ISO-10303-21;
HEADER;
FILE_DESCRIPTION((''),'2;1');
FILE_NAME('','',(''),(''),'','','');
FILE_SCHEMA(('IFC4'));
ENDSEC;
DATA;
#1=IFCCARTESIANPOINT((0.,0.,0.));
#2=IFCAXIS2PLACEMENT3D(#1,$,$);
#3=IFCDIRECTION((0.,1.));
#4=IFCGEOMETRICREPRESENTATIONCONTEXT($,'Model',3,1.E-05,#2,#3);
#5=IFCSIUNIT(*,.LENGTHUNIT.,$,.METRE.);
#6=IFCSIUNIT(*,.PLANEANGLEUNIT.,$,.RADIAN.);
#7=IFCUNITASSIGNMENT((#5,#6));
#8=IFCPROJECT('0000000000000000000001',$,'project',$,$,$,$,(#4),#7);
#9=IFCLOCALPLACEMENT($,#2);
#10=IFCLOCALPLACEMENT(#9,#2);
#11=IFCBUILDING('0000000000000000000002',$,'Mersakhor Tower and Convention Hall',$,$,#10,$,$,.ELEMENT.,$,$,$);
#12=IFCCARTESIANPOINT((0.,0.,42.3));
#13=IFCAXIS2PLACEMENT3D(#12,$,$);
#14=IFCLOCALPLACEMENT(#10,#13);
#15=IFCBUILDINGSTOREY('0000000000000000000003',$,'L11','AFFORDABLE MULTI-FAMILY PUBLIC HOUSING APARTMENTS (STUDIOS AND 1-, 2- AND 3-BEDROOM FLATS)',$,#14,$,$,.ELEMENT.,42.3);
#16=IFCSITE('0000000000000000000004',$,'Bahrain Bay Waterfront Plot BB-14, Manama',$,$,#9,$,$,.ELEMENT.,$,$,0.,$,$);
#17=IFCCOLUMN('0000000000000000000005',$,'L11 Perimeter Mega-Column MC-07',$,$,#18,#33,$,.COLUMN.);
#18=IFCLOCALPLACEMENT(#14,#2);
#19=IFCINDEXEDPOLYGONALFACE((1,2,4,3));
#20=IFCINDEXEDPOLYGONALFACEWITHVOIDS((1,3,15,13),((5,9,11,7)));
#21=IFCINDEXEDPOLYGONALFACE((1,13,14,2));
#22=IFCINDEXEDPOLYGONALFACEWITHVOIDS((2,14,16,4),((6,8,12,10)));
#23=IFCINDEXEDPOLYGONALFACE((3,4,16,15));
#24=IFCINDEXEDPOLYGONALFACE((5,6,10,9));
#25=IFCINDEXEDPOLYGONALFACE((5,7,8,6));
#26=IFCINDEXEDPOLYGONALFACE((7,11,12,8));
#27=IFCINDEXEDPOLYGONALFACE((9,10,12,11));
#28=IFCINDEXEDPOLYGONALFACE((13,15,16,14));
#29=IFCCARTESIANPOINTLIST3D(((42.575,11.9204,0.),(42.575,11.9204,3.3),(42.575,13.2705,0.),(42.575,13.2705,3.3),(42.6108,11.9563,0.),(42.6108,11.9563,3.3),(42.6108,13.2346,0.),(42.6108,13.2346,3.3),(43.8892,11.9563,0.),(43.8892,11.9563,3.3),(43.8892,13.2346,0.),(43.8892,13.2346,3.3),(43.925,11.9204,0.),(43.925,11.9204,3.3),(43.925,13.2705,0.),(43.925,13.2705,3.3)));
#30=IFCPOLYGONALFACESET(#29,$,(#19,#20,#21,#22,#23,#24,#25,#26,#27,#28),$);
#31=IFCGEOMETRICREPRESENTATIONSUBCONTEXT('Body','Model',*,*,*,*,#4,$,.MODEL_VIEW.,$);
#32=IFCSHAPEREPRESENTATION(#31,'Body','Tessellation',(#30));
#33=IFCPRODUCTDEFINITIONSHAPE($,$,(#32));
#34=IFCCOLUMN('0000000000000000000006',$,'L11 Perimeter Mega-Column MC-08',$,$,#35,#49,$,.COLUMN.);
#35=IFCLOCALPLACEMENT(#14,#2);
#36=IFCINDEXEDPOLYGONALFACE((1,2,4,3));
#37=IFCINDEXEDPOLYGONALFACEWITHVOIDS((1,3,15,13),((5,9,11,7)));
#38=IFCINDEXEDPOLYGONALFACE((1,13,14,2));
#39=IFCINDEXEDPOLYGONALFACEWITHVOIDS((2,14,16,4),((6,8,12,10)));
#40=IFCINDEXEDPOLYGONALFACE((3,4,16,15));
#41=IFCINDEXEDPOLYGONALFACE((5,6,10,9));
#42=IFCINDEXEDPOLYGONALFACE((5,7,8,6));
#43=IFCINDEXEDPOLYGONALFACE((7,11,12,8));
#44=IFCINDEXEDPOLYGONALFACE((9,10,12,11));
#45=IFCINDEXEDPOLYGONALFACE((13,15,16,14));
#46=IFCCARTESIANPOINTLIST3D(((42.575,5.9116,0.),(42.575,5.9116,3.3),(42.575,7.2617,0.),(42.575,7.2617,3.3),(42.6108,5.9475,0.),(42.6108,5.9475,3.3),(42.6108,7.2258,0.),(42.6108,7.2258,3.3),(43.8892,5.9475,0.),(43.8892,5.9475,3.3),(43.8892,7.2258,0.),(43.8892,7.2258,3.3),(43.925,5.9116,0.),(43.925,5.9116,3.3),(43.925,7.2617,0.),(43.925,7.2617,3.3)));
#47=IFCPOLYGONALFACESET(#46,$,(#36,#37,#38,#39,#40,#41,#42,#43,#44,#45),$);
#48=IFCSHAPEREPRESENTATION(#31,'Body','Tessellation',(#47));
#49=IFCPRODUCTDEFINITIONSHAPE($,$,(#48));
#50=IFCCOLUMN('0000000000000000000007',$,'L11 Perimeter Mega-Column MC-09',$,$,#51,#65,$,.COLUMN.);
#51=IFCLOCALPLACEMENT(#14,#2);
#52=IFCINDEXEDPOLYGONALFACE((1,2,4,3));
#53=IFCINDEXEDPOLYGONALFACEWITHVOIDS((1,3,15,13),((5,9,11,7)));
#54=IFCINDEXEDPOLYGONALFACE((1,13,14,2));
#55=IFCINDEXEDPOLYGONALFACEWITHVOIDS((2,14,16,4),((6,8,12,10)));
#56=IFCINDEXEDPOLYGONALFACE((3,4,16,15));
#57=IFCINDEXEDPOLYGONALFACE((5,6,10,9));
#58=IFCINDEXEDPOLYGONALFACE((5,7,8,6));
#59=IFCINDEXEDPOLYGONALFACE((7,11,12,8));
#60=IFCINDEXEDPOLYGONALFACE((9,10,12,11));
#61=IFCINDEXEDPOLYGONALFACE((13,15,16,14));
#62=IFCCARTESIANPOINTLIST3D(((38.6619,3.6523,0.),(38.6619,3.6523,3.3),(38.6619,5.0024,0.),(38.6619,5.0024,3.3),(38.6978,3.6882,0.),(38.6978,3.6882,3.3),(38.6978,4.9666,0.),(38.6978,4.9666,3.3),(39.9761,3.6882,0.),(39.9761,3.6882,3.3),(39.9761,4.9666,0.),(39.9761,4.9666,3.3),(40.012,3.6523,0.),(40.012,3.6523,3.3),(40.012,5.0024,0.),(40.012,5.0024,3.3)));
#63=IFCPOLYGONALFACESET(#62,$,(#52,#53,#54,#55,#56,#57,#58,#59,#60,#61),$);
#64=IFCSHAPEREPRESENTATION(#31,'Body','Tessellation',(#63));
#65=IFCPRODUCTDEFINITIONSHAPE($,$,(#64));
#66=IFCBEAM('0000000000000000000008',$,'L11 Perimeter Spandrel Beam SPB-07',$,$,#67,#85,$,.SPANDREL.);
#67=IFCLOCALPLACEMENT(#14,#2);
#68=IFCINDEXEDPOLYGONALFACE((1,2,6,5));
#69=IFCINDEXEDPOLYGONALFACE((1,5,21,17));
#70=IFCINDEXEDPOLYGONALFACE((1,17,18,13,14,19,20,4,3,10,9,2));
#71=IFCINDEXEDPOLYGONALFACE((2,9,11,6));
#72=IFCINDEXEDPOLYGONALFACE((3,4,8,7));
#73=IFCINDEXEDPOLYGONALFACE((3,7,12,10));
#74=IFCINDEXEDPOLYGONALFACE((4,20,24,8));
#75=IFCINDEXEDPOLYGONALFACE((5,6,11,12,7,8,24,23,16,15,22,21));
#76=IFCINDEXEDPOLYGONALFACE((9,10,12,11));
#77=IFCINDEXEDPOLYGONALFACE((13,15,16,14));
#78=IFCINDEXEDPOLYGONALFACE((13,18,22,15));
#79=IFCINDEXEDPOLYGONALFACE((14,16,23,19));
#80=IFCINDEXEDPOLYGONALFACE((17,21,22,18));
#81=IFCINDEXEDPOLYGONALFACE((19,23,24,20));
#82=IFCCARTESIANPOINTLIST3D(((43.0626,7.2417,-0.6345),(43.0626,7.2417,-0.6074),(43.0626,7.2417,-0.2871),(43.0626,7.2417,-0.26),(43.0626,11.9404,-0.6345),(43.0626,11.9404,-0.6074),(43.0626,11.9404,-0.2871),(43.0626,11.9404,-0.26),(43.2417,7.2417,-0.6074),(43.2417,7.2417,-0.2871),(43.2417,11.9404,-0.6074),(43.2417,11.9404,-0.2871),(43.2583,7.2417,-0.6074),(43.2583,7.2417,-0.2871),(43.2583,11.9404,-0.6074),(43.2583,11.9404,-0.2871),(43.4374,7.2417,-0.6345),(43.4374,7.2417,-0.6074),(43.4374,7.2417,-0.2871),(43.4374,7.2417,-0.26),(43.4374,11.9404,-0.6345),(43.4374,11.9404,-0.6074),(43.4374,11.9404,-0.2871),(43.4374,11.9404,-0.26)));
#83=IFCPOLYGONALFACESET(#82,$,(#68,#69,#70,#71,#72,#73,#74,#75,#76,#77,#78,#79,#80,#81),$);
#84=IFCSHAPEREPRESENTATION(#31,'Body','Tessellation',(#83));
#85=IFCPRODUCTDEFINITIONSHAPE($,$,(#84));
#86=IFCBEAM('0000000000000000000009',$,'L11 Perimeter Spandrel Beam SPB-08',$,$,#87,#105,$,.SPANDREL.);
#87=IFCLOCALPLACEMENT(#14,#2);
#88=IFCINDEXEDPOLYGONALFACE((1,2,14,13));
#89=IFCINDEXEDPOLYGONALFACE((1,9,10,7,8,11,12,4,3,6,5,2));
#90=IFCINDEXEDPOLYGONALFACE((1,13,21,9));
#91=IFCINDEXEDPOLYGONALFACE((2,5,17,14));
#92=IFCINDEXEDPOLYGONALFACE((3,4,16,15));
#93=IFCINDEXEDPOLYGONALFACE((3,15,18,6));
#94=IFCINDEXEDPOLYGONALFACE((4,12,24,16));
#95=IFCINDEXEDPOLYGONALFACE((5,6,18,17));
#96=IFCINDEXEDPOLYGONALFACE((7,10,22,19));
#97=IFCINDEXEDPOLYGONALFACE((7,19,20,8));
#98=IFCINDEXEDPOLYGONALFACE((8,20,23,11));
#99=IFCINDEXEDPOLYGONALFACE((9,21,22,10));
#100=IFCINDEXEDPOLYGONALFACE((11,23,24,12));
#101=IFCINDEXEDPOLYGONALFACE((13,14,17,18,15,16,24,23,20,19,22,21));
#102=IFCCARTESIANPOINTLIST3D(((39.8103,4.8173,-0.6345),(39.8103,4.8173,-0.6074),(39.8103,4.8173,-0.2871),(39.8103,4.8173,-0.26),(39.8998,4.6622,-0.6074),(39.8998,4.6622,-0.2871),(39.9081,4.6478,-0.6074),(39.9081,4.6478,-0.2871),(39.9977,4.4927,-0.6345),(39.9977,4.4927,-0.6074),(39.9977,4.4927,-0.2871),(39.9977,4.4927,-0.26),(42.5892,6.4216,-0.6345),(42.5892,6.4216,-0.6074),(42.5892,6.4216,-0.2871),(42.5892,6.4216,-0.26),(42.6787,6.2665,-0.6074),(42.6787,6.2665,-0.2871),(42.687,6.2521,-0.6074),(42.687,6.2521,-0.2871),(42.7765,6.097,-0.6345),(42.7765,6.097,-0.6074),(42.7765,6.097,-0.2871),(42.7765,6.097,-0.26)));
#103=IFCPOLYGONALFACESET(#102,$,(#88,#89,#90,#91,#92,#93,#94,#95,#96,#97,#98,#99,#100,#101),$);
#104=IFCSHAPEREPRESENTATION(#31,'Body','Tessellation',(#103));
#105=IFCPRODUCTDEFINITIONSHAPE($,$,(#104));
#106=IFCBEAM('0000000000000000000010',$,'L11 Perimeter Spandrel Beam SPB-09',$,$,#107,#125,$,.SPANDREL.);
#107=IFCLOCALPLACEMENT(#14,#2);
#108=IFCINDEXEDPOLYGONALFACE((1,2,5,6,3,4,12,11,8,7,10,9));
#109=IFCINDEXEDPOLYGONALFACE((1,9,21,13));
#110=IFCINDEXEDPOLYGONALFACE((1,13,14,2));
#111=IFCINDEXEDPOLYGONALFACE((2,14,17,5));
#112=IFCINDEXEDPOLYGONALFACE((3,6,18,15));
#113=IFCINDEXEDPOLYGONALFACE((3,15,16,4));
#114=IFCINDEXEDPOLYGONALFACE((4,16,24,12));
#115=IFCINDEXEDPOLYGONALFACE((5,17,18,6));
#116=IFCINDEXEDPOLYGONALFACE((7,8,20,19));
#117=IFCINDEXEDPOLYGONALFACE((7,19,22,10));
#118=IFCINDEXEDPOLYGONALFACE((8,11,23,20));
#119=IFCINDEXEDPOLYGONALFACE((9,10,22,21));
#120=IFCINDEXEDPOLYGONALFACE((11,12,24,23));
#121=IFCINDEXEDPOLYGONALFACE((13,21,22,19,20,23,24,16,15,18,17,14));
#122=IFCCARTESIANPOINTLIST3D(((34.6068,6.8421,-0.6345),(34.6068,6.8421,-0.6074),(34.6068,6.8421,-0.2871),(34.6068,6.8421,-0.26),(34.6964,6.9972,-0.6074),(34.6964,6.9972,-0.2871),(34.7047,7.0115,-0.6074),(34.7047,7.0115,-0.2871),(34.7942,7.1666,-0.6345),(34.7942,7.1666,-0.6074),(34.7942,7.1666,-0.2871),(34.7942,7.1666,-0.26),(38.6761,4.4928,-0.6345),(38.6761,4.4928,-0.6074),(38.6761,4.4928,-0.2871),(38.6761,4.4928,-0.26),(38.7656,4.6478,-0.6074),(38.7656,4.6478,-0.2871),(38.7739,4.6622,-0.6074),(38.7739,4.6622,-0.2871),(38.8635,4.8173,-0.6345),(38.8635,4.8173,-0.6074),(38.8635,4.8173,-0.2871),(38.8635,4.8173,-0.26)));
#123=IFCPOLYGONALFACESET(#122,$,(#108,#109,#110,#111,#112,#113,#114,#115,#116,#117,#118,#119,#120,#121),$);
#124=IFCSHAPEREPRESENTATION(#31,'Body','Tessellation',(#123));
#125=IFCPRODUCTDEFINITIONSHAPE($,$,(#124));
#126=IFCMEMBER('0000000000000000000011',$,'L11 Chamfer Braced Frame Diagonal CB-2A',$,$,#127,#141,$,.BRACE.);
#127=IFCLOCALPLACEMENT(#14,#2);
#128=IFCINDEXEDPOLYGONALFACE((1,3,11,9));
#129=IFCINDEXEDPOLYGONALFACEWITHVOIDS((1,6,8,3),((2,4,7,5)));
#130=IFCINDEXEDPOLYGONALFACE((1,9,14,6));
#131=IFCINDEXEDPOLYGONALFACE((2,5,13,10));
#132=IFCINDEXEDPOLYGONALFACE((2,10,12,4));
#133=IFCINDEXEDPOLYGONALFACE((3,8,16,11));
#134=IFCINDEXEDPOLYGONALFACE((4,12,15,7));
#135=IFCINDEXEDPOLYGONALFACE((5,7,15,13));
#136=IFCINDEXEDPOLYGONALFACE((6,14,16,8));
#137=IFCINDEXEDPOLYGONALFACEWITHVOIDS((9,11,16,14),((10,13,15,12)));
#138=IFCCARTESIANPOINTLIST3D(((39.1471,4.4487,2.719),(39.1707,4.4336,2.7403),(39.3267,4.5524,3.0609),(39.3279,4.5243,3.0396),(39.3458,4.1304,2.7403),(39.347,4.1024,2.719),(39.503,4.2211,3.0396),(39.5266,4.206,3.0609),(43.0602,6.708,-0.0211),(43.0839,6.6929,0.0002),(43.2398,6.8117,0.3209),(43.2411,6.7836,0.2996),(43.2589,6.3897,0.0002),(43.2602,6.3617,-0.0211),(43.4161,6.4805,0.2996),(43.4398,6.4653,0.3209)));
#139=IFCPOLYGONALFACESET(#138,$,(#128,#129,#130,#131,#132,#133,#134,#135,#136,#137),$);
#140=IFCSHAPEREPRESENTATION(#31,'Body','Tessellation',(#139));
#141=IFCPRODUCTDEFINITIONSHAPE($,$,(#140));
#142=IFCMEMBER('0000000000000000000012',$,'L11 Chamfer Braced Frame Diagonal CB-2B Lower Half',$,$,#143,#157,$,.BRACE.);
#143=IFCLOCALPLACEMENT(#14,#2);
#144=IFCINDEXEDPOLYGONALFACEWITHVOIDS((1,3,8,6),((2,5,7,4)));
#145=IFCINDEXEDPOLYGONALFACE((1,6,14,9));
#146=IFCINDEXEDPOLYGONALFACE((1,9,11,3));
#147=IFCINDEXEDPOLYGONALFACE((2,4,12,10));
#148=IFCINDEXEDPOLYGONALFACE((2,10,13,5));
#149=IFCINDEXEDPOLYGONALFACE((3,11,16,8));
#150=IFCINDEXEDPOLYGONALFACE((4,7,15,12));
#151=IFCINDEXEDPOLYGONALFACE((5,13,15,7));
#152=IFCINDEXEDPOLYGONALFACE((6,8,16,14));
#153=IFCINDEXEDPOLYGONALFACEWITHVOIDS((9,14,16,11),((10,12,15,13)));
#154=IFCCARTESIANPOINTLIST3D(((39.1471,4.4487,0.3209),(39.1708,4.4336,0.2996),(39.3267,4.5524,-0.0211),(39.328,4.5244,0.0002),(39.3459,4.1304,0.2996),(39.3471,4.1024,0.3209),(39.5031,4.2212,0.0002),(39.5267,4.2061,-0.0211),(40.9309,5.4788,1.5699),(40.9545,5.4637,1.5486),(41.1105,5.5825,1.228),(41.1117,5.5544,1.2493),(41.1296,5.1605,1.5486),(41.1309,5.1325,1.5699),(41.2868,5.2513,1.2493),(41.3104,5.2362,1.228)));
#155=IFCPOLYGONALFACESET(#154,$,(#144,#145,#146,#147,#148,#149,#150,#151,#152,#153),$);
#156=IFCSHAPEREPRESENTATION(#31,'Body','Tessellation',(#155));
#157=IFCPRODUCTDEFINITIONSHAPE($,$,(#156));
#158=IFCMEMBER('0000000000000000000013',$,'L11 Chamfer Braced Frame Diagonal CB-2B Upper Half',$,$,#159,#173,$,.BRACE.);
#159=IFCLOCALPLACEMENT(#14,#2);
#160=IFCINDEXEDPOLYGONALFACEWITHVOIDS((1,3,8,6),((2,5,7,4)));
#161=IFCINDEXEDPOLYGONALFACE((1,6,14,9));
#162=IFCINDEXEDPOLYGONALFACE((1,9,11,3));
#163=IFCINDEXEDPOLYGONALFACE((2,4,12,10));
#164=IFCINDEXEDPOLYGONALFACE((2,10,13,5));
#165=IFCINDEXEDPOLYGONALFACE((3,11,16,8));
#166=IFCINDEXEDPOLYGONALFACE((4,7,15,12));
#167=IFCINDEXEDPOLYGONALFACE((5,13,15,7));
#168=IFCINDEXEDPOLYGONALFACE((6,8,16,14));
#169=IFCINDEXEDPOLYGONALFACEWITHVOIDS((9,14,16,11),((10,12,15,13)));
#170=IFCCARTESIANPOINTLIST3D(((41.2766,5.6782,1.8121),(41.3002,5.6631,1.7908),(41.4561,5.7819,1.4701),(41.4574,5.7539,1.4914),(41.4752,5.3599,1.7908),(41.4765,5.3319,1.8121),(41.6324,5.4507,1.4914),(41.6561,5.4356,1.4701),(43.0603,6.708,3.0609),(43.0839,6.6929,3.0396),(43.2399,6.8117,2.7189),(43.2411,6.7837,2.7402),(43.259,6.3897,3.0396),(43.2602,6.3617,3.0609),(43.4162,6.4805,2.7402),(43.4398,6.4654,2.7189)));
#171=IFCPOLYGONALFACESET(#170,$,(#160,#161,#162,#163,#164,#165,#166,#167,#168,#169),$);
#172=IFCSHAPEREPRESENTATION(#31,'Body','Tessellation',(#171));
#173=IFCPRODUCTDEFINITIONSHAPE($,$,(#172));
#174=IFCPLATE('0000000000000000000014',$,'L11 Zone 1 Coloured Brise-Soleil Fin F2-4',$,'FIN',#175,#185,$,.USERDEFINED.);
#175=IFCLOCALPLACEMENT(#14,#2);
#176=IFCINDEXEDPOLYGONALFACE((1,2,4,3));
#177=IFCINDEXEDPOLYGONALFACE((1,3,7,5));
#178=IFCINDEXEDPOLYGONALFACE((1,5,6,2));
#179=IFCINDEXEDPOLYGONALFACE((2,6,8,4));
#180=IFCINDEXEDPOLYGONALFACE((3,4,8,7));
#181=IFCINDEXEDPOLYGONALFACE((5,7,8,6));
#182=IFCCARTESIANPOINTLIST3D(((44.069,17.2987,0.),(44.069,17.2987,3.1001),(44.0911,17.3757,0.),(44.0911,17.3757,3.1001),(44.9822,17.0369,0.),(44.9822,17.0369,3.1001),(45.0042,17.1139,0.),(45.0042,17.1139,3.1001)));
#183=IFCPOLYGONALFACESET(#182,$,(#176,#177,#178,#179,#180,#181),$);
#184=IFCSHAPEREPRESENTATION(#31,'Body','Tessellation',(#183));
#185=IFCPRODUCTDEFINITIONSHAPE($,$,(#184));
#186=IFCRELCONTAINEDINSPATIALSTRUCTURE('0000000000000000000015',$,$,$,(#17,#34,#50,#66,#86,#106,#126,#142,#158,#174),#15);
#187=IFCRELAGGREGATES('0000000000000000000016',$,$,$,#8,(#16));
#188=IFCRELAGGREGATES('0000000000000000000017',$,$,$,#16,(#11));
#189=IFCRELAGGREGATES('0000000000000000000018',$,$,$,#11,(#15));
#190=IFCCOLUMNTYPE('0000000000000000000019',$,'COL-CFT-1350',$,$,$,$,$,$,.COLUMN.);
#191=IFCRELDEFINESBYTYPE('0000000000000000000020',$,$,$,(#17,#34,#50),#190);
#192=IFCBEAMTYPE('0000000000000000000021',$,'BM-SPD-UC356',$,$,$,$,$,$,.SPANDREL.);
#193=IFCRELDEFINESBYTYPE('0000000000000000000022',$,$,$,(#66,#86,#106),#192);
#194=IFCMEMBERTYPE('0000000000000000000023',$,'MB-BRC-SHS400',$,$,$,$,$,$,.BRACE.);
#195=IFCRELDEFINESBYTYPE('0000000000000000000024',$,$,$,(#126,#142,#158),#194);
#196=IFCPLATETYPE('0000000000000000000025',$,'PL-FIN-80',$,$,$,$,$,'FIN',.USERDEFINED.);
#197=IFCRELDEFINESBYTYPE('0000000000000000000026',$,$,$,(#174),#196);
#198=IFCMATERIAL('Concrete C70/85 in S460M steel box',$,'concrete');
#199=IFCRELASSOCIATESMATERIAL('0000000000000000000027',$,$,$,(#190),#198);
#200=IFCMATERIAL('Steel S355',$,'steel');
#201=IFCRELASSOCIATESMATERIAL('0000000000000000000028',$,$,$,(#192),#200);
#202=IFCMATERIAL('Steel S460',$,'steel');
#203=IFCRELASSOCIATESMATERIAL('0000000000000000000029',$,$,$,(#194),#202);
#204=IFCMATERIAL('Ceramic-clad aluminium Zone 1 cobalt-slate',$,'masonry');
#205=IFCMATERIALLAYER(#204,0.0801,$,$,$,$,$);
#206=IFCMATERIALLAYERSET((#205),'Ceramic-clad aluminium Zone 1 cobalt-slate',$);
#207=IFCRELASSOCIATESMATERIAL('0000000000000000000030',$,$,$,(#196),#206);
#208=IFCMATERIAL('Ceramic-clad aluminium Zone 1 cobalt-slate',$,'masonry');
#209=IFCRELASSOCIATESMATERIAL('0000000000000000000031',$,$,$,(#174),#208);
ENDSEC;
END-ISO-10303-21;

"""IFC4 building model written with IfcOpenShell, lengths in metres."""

from ifc_helpers import new_model, si_unit, direction, frame, origin, origin_2d, place, context, subcontext, project, spatial, rectangle, hollow_rectangle, i_section, extrude, material, layer, layer_set, material_profile, profile_set, type_object, element, save


model = new_model("IFC4")

# Units and contexts
model_context = context("Model", 3, precision=1e-05, world=origin(), true_north=direction((0.0, 1.0)))
body_context = subcontext(model_context, "Body", "Model", "MODEL_VIEW")
ifc_project = project(units=[si_unit("LENGTHUNIT", "METRE"), si_unit("PLANEANGLEUNIT", "RADIAN")], contexts=[model_context])

# Site, building, storey
site_placement = place(None, origin())
site = spatial("IfcSite", under=ifc_project, at=site_placement, Name="Bahrain Bay Waterfront Plot BB-14, Manama", CompositionType="ELEMENT", RefElevation=0.0)
building_placement = place(site_placement, origin())
building = spatial("IfcBuilding", under=site, at=building_placement, Name="Mersakhor Tower and Convention Hall", CompositionType="ELEMENT")
storey_placement = place(building_placement, frame((0.0, 0.0, 42.3)))
storey = spatial("IfcBuildingStorey", under=building, at=storey_placement, Name="L11", Description="AFFORDABLE MULTI-FAMILY PUBLIC HOUSING APARTMENTS (STUDIOS AND 1-, 2- AND 3-BEDROOM FLATS)", CompositionType="ELEMENT", Elevation=42.3)

# Columns
ifc_material_1 = material(Name="Concrete C70/85 in S460M steel box", Category="concrete")
ifc_material_profile_1 = material_profile(ifc_material_1, hollow_rectangle(XDim=1.3501, YDim=1.3501, WallThickness=0.0359, at=origin_2d()), Name="SHS 1350x1350x36")
ifc_profile_set_1 = profile_set([ifc_material_profile_1], Name="Concrete C70/85 in S460M steel box")
column_type = type_object("IfcColumnType", Name="COL-CFT-1350", PredefinedType="COLUMN", material=ifc_profile_set_1)
for number, where, z_axis, x_axis, name in (
    (1, (43.25, 12.5955, 0.0), (0.0, 0.0, 1.0), (1.0, 0.0, 0.0), "L11 Perimeter Mega-Column MC-07"),
    (2, (43.25, 6.5867, 0.0), (0.0, 0.0, 1.0), (1.0, 0.0, 0.0), "L11 Perimeter Mega-Column MC-08"),
    (3, (39.3369, 4.3274, 0.0), (0.0, 0.0, 1.0), (1.0, 0.0, 0.0), "L11 Perimeter Mega-Column MC-09"),
):
    element("IfcColumn", number, at=place(storey_placement, frame(where, z_axis=z_axis, x_axis=x_axis)), inside=storey, type_object=column_type, Name=name, PredefinedType="COLUMN", context=body_context, shape_type="SweptSolid", body=[
        extrude(hollow_rectangle(XDim=1.3501, YDim=1.3501, WallThickness=0.0359, at=origin_2d()), origin(), (0.0, 0.0, 1.0), 3.3),
    ])

# Beams
ifc_material_2 = material(Name="Steel S355", Category="steel")
ifc_material_profile_2 = material_profile(ifc_material_2, i_section(OverallWidth=0.3748, OverallDepth=0.3745, WebThickness=0.0166, FlangeThickness=0.0271, at=origin_2d()), Name="UC 356x368x202")
ifc_profile_set_2 = profile_set([ifc_material_profile_2], Name="Steel S355")
beam_type = type_object("IfcBeamType", Name="BM-SPD-UC356", PredefinedType="SPANDREL", material=ifc_profile_set_2)
beam_1_placement = place(storey_placement, frame((43.25, 11.9404, -0.4473), z_axis=(0.0, -1.0, 0.0), x_axis=(1.0, 0.0, 0.0)))
element("IfcBeam", 4, at=beam_1_placement, inside=storey, type_object=beam_type, Name="L11 Perimeter Spandrel Beam SPB-07", PredefinedType="SPANDREL", context=body_context, shape_type="SweptSolid", body=[
    extrude(i_section(OverallWidth=0.3748, OverallDepth=0.3745, WebThickness=0.0166, FlangeThickness=0.0271, at=origin_2d()), origin(), (0.0, 0.0, 1.0), 4.6987),
])
beam_2_placement = place(storey_placement, frame((42.6829, 6.2593, -0.4473), z_axis=(-0.866039, -0.499977, 0.0), x_axis=(0.499977, -0.866039, 0.0)))
element("IfcBeam", 5, at=beam_2_placement, inside=storey, type_object=beam_type, Name="L11 Perimeter Spandrel Beam SPB-08", PredefinedType="SPANDREL", context=body_context, shape_type="SweptSolid", body=[
    extrude(i_section(OverallWidth=0.3748, OverallDepth=0.3745, WebThickness=0.0166, FlangeThickness=0.0271, at=origin_2d()), origin(), (0.0, 0.0, 1.0), 3.2087),
])
beam_3_placement = place(storey_placement, frame((38.7698, 4.655, -0.4473), z_axis=(-0.866032, 0.499989, 0.0), x_axis=(-0.499989, -0.866032, 0.0)))
element("IfcBeam", 6, at=beam_3_placement, inside=storey, type_object=beam_type, Name="L11 Perimeter Spandrel Beam SPB-09", PredefinedType="SPANDREL", context=body_context, shape_type="SweptSolid", body=[
    extrude(i_section(OverallWidth=0.3748, OverallDepth=0.3745, WebThickness=0.0166, FlangeThickness=0.0271, at=origin_2d()), origin(), (0.0, 0.0, 1.0), 4.6987),
])

# Members
ifc_material_3 = material(Name="Steel S460", Category="steel")
ifc_material_profile_3 = material_profile(ifc_material_3, hollow_rectangle(XDim=0.3999, YDim=0.3999, WallThickness=0.0249, at=origin_2d()), Name="SHS 400x400x25")
ifc_profile_set_3 = profile_set([ifc_material_profile_3], Name="Steel S460")
member_type = type_object("IfcMemberType", Name="MB-BRC-SHS400", PredefinedType="BRACE", material=ifc_profile_set_3)
member_1_placement = place(storey_placement, frame((43.25, 6.5867, 0.1499), z_axis=(-0.740508, -0.427543, 0.518513), x_axis=(0.500009, -0.86602, 0.0)))
element("IfcMember", 7, at=member_1_placement, inside=storey, type_object=member_type, Name="L11 Chamfer Braced Frame Diagonal CB-2A", PredefinedType="BRACE", context=body_context, shape_type="SweptSolid", body=[
    extrude(hollow_rectangle(XDim=0.3999, YDim=0.3999, WallThickness=0.0249, at=origin_2d()), origin(), (0.0, 0.0, 1.0), 5.2844),
])
member_2_placement = place(storey_placement, frame((39.3369, 4.3274, 0.1499), z_axis=(0.740473, 0.427601, 0.518514), x_axis=(-0.500078, 0.86598, 0.0)))
element("IfcMember", 8, at=member_2_placement, inside=storey, type_object=member_type, Name="L11 Chamfer Braced Frame Diagonal CB-2B Lower Half", PredefinedType="BRACE", context=body_context, shape_type="SweptSolid", body=[
    extrude(hollow_rectangle(XDim=0.3999, YDim=0.3999, WallThickness=0.0249, at=origin_2d()), origin(), (0.0, 0.0, 1.0), 2.4089),
])
member_3_placement = place(storey_placement, frame((41.4663, 5.5569, 1.6411), z_axis=(0.740544, 0.427541, 0.518462), x_axis=(-0.499989, 0.866032, 0.0)))
element("IfcMember", 9, at=member_3_placement, inside=storey, type_object=member_type, Name="L11 Chamfer Braced Frame Diagonal CB-2B Upper Half", PredefinedType="BRACE", context=body_context, shape_type="SweptSolid", body=[
    extrude(hollow_rectangle(XDim=0.3999, YDim=0.3999, WallThickness=0.0249, at=origin_2d()), origin(), (0.0, 0.0, 1.0), 2.4087),
])

# Plate
ifc_material_4 = material(Name="Ceramic-clad aluminium Zone 1 cobalt-slate", Category="masonry")
ifc_material_5 = material(Name="Ceramic-clad aluminium Zone 1 cobalt-slate", Category="masonry")
ifc_layer_1 = layer(ifc_material_5, 0.0801)
ifc_layer_set_1 = layer_set([ifc_layer_1], Name="Ceramic-clad aluminium Zone 1 cobalt-slate")
plate_type_1 = type_object("IfcPlateType", Name="PL-FIN-80", ElementType="FIN", PredefinedType="USERDEFINED", material=ifc_layer_set_1)
plate_1_placement = place(storey_placement, frame((44.5366, 17.2063, 0.0), z_axis=(0.0, 0.0, 1.0), x_axis=(0.961262, -0.275637, 0.0)))
element("IfcPlate", 10, at=plate_1_placement, inside=storey, type_object=plate_type_1, material=ifc_material_4, Name="L11 Zone 1 Coloured Brise-Soleil Fin F2-4", ObjectType="FIN", PredefinedType="USERDEFINED", context=body_context, shape_type="SweptSolid", body=[
    extrude(rectangle(XDim=0.95, YDim=0.0801, at=origin_2d()), origin(), (0.0, 0.0, 1.0), 3.1001),
])

save(model, "model.ifc")
